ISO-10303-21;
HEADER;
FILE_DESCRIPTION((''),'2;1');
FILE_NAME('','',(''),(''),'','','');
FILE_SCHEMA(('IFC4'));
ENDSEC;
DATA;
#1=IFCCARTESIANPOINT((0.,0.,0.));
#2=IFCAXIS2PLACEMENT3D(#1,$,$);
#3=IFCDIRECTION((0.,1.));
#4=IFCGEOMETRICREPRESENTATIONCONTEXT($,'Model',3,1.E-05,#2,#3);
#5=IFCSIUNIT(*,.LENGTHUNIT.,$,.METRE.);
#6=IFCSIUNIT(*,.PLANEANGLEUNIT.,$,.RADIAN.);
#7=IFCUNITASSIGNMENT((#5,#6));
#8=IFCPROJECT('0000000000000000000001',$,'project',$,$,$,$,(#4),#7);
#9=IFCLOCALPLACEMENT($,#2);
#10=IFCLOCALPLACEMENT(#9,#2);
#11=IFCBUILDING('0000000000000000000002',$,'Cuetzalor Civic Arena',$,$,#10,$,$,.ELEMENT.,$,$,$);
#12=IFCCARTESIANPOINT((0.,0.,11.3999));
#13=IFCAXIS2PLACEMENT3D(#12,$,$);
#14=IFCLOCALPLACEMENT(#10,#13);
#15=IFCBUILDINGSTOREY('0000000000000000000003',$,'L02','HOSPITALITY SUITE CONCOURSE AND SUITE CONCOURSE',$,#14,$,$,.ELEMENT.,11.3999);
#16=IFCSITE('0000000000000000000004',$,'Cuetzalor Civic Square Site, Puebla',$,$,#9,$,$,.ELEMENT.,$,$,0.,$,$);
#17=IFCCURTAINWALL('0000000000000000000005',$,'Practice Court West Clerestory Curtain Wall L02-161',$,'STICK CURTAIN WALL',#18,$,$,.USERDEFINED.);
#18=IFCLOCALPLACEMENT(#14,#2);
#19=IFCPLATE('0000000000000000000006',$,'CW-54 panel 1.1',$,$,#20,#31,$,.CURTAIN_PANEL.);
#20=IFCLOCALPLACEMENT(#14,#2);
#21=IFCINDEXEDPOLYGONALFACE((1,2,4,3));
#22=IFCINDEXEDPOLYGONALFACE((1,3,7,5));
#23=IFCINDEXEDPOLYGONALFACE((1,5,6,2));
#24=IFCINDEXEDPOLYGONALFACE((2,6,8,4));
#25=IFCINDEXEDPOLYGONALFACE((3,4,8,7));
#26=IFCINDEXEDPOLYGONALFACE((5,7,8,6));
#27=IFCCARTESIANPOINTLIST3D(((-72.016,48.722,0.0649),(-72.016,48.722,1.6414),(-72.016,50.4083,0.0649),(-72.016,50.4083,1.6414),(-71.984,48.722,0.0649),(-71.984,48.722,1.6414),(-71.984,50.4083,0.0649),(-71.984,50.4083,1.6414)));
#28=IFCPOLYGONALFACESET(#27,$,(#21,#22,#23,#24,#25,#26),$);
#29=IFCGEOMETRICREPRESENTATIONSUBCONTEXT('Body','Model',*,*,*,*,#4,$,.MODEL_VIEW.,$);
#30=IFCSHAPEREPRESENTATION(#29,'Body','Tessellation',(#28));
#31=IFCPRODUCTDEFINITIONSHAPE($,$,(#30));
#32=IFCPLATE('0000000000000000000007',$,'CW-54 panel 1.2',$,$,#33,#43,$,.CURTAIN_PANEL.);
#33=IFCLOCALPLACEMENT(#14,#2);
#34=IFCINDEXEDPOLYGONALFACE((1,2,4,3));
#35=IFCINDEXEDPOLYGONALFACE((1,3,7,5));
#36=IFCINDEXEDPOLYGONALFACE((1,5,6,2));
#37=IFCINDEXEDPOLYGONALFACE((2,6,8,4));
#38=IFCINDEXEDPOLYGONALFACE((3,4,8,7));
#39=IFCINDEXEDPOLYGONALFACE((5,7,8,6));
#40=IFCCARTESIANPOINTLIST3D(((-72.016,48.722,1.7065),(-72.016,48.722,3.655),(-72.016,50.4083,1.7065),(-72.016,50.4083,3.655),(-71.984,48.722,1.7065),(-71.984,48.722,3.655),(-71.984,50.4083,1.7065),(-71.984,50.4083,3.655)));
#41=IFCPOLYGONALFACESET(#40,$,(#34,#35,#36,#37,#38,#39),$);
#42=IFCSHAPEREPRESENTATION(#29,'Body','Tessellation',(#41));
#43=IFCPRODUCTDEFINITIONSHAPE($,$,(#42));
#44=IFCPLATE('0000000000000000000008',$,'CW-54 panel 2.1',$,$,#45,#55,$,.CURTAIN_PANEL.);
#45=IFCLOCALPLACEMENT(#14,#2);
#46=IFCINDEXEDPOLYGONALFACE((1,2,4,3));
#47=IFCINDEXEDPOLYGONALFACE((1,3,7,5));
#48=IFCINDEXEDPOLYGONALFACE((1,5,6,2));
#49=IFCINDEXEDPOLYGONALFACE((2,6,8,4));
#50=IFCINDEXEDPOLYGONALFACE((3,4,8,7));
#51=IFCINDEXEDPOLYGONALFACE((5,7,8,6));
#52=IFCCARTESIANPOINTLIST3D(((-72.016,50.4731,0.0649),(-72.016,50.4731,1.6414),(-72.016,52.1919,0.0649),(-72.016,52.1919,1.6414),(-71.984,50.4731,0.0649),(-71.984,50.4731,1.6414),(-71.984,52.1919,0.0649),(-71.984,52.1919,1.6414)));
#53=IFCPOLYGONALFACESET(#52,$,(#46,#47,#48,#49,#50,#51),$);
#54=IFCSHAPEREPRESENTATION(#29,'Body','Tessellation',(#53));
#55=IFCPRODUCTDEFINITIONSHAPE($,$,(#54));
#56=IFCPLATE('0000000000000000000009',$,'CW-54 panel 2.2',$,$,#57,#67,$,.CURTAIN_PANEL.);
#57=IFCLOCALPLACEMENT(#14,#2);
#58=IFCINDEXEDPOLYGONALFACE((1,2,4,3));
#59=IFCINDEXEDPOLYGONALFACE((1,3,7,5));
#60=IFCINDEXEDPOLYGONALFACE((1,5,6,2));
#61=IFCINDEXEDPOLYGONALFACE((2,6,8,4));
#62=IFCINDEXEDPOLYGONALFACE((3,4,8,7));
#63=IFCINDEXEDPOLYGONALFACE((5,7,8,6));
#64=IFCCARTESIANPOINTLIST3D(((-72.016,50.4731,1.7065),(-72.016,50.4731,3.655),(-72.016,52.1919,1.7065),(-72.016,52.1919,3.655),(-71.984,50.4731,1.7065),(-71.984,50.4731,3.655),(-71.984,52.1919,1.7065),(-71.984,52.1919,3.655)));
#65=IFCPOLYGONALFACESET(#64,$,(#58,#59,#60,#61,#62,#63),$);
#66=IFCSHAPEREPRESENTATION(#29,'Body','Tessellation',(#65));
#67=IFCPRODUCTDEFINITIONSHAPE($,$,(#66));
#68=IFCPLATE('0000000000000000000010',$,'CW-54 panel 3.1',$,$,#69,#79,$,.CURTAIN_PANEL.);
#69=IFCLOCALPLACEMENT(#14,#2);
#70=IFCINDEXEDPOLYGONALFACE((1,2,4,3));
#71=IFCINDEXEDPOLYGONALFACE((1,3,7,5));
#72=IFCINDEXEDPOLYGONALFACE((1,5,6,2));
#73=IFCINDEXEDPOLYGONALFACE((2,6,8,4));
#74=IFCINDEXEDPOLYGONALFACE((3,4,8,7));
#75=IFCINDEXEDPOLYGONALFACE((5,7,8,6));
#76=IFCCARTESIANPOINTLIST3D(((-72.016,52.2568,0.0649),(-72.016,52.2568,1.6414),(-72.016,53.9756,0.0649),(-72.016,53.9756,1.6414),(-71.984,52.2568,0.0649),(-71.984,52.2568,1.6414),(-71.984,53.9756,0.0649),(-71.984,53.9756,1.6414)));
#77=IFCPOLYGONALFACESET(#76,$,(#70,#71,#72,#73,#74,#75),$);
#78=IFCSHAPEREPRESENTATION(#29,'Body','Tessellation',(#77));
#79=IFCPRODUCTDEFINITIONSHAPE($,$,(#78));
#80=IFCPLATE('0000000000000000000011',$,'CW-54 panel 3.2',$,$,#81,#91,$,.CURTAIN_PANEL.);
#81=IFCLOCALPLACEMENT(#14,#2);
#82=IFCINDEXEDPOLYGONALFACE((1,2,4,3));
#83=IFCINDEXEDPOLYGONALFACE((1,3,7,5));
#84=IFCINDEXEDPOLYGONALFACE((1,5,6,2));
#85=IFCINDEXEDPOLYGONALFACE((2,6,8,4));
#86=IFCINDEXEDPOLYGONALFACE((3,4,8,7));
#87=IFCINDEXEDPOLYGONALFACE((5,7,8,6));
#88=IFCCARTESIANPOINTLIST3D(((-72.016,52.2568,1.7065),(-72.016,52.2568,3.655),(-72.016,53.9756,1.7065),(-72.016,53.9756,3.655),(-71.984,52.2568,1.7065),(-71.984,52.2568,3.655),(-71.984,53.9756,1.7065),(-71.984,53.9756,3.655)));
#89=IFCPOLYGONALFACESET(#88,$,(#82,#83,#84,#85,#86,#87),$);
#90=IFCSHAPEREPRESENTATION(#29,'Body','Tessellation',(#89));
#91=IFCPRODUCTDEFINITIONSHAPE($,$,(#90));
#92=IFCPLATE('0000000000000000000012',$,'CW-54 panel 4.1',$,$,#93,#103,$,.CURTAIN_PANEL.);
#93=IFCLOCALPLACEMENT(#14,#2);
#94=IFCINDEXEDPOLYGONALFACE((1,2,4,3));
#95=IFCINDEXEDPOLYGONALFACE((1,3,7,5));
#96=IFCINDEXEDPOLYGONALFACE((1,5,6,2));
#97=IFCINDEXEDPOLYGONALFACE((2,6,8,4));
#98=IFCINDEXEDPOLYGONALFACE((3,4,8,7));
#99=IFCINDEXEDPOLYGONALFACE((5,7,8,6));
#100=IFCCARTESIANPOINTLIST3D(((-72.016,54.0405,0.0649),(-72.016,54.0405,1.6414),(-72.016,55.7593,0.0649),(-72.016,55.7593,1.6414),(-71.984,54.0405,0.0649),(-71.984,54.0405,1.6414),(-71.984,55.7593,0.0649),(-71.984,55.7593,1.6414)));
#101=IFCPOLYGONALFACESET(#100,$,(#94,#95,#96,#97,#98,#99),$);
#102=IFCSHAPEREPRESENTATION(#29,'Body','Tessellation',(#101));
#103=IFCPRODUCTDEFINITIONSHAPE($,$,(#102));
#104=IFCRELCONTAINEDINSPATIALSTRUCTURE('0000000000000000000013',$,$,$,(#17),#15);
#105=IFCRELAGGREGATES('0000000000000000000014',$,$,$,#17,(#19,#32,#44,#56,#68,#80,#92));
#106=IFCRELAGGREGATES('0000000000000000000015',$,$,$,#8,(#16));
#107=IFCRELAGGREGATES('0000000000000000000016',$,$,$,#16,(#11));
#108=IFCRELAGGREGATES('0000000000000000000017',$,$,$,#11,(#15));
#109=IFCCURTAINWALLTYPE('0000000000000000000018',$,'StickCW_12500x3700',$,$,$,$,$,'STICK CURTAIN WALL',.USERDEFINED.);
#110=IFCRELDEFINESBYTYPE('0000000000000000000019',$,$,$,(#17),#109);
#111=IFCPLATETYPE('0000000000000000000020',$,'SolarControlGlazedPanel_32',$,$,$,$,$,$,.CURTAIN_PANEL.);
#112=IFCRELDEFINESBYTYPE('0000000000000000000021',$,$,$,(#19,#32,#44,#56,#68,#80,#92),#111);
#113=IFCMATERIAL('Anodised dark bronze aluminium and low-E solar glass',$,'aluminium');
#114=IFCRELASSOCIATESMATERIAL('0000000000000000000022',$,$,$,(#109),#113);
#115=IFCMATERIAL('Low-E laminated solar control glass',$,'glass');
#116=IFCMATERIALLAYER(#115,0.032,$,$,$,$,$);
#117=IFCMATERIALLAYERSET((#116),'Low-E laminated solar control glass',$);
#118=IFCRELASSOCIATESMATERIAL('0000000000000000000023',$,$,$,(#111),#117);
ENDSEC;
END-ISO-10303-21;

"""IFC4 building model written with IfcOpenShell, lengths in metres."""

from ifc_helpers import new_model, si_unit, direction, frame, origin, origin_2d, place, context, subcontext, project, spatial, rectangle, extrude, material, layer, layer_set, type_object, element, aggregate, save


model = new_model("IFC4")

# Units and contexts
model_context = context("Model", 3, precision=1e-05, world=origin(), true_north=direction((0.0, 1.0)))
body_context = subcontext(model_context, "Body", "Model", "MODEL_VIEW")
ifc_project = project(units=[si_unit("LENGTHUNIT", "METRE"), si_unit("PLANEANGLEUNIT", "RADIAN")], contexts=[model_context])

# Site, building, storey
site_placement = place(None, origin())
site = spatial("IfcSite", under=ifc_project, at=site_placement, Name="Cuetzalor Civic Square Site, Puebla", CompositionType="ELEMENT", RefElevation=0.0)
building_placement = place(site_placement, origin())
building = spatial("IfcBuilding", under=site, at=building_placement, Name="Cuetzalor Civic Arena", CompositionType="ELEMENT")
storey_placement = place(building_placement, frame((0.0, 0.0, 11.3999)))
storey = spatial("IfcBuildingStorey", under=building, at=storey_placement, Name="L02", Description="HOSPITALITY SUITE CONCOURSE AND SUITE CONCOURSE", CompositionType="ELEMENT", Elevation=11.3999)

# Curtain wall, plates
ifc_material_1 = material(Name="Anodised dark bronze aluminium and low-E solar glass", Category="aluminium")
curtain_wall_type = type_object("IfcCurtainWallType", Name="StickCW_12500x3700", ElementType="STICK CURTAIN WALL", PredefinedType="USERDEFINED", material=ifc_material_1)
curtain_wall_placement = place(storey_placement, origin())
curtain_wall = element("IfcCurtainWall", 1, at=curtain_wall_placement, inside=storey, type_object=curtain_wall_type, Name="Practice Court West Clerestory Curtain Wall L02-161", ObjectType="STICK CURTAIN WALL", PredefinedType="USERDEFINED")
ifc_material_2 = material(Name="Low-E laminated solar control glass", Category="glass")
ifc_layer = layer(ifc_material_2, 0.032)
ifc_layer_set = layer_set([ifc_layer], Name="Low-E laminated solar control glass")
plate_type = type_object("IfcPlateType", Name="SolarControlGlazedPanel_32", PredefinedType="CURTAIN_PANEL", material=ifc_layer_set)
plate_1_placement = place(storey_placement, frame((-72.0, 49.5652, 0.0649), z_axis=(0.0, 0.0, 1.0), x_axis=(0.0, 1.0, 0.0)))
plate_1 = element("IfcPlate", 2, at=plate_1_placement, type_object=plate_type, Name="CW-54 panel 1.1", PredefinedType="CURTAIN_PANEL", context=body_context, shape_type="SweptSolid", body=[
    extrude(rectangle(XDim=1.6863, YDim=0.032, at=origin_2d()), origin(), (0.0, 0.0, 1.0), 1.5764),
])
plate_2_placement = place(storey_placement, frame((-72.0, 49.5652, 1.7065), z_axis=(0.0, 0.0, 1.0), x_axis=(0.0, 1.0, 0.0)))
plate_2 = element("IfcPlate", 3, at=plate_2_placement, type_object=plate_type, Name="CW-54 panel 1.2", PredefinedType="CURTAIN_PANEL", context=body_context, shape_type="SweptSolid", body=[
    extrude(rectangle(XDim=1.6863, YDim=0.032, at=origin_2d()), origin(), (0.0, 0.0, 1.0), 1.9485),
])
plate_3_placement = place(storey_placement, frame((-72.0, 51.3325, 0.0649), z_axis=(0.0, 0.0, 1.0), x_axis=(0.0, 1.0, 0.0)))
plate_3 = element("IfcPlate", 4, at=plate_3_placement, type_object=plate_type, Name="CW-54 panel 2.1", PredefinedType="CURTAIN_PANEL", context=body_context, shape_type="SweptSolid", body=[
    extrude(rectangle(XDim=1.7188, YDim=0.032, at=origin_2d()), origin(), (0.0, 0.0, 1.0), 1.5764),
])
plate_4_placement = place(storey_placement, frame((-72.0, 51.3325, 1.7065), z_axis=(0.0, 0.0, 1.0), x_axis=(0.0, 1.0, 0.0)))
plate_4 = element("IfcPlate", 5, at=plate_4_placement, type_object=plate_type, Name="CW-54 panel 2.2", PredefinedType="CURTAIN_PANEL", context=body_context, shape_type="SweptSolid", body=[
    extrude(rectangle(XDim=1.7188, YDim=0.032, at=origin_2d()), origin(), (0.0, 0.0, 1.0), 1.9485),
])
plate_5_placement = place(storey_placement, frame((-72.0, 53.1162, 0.0649), z_axis=(0.0, 0.0, 1.0), x_axis=(0.0, 1.0, 0.0)))
plate_5 = element("IfcPlate", 6, at=plate_5_placement, type_object=plate_type, Name="CW-54 panel 3.1", PredefinedType="CURTAIN_PANEL", context=body_context, shape_type="SweptSolid", body=[
    extrude(rectangle(XDim=1.7188, YDim=0.032, at=origin_2d()), origin(), (0.0, 0.0, 1.0), 1.5764),
])
plate_6_placement = place(storey_placement, frame((-72.0, 53.1162, 1.7065), z_axis=(0.0, 0.0, 1.0), x_axis=(0.0, 1.0, 0.0)))
plate_6 = element("IfcPlate", 7, at=plate_6_placement, type_object=plate_type, Name="CW-54 panel 3.2", PredefinedType="CURTAIN_PANEL", context=body_context, shape_type="SweptSolid", body=[
    extrude(rectangle(XDim=1.7188, YDim=0.032, at=origin_2d()), origin(), (0.0, 0.0, 1.0), 1.9485),
])
plate_7_placement = place(storey_placement, frame((-72.0, 54.8999, 0.0649), z_axis=(0.0, 0.0, 1.0), x_axis=(0.0, 1.0, 0.0)))
plate_7 = element("IfcPlate", 8, at=plate_7_placement, type_object=plate_type, Name="CW-54 panel 4.1", PredefinedType="CURTAIN_PANEL", context=body_context, shape_type="SweptSolid", body=[
    extrude(rectangle(XDim=1.7188, YDim=0.032, at=origin_2d()), origin(), (0.0, 0.0, 1.0), 1.5764),
])
aggregate(curtain_wall, [plate_1, plate_2, plate_3, plate_4, plate_5, plate_6, plate_7])

save(model, "model.ifc")
